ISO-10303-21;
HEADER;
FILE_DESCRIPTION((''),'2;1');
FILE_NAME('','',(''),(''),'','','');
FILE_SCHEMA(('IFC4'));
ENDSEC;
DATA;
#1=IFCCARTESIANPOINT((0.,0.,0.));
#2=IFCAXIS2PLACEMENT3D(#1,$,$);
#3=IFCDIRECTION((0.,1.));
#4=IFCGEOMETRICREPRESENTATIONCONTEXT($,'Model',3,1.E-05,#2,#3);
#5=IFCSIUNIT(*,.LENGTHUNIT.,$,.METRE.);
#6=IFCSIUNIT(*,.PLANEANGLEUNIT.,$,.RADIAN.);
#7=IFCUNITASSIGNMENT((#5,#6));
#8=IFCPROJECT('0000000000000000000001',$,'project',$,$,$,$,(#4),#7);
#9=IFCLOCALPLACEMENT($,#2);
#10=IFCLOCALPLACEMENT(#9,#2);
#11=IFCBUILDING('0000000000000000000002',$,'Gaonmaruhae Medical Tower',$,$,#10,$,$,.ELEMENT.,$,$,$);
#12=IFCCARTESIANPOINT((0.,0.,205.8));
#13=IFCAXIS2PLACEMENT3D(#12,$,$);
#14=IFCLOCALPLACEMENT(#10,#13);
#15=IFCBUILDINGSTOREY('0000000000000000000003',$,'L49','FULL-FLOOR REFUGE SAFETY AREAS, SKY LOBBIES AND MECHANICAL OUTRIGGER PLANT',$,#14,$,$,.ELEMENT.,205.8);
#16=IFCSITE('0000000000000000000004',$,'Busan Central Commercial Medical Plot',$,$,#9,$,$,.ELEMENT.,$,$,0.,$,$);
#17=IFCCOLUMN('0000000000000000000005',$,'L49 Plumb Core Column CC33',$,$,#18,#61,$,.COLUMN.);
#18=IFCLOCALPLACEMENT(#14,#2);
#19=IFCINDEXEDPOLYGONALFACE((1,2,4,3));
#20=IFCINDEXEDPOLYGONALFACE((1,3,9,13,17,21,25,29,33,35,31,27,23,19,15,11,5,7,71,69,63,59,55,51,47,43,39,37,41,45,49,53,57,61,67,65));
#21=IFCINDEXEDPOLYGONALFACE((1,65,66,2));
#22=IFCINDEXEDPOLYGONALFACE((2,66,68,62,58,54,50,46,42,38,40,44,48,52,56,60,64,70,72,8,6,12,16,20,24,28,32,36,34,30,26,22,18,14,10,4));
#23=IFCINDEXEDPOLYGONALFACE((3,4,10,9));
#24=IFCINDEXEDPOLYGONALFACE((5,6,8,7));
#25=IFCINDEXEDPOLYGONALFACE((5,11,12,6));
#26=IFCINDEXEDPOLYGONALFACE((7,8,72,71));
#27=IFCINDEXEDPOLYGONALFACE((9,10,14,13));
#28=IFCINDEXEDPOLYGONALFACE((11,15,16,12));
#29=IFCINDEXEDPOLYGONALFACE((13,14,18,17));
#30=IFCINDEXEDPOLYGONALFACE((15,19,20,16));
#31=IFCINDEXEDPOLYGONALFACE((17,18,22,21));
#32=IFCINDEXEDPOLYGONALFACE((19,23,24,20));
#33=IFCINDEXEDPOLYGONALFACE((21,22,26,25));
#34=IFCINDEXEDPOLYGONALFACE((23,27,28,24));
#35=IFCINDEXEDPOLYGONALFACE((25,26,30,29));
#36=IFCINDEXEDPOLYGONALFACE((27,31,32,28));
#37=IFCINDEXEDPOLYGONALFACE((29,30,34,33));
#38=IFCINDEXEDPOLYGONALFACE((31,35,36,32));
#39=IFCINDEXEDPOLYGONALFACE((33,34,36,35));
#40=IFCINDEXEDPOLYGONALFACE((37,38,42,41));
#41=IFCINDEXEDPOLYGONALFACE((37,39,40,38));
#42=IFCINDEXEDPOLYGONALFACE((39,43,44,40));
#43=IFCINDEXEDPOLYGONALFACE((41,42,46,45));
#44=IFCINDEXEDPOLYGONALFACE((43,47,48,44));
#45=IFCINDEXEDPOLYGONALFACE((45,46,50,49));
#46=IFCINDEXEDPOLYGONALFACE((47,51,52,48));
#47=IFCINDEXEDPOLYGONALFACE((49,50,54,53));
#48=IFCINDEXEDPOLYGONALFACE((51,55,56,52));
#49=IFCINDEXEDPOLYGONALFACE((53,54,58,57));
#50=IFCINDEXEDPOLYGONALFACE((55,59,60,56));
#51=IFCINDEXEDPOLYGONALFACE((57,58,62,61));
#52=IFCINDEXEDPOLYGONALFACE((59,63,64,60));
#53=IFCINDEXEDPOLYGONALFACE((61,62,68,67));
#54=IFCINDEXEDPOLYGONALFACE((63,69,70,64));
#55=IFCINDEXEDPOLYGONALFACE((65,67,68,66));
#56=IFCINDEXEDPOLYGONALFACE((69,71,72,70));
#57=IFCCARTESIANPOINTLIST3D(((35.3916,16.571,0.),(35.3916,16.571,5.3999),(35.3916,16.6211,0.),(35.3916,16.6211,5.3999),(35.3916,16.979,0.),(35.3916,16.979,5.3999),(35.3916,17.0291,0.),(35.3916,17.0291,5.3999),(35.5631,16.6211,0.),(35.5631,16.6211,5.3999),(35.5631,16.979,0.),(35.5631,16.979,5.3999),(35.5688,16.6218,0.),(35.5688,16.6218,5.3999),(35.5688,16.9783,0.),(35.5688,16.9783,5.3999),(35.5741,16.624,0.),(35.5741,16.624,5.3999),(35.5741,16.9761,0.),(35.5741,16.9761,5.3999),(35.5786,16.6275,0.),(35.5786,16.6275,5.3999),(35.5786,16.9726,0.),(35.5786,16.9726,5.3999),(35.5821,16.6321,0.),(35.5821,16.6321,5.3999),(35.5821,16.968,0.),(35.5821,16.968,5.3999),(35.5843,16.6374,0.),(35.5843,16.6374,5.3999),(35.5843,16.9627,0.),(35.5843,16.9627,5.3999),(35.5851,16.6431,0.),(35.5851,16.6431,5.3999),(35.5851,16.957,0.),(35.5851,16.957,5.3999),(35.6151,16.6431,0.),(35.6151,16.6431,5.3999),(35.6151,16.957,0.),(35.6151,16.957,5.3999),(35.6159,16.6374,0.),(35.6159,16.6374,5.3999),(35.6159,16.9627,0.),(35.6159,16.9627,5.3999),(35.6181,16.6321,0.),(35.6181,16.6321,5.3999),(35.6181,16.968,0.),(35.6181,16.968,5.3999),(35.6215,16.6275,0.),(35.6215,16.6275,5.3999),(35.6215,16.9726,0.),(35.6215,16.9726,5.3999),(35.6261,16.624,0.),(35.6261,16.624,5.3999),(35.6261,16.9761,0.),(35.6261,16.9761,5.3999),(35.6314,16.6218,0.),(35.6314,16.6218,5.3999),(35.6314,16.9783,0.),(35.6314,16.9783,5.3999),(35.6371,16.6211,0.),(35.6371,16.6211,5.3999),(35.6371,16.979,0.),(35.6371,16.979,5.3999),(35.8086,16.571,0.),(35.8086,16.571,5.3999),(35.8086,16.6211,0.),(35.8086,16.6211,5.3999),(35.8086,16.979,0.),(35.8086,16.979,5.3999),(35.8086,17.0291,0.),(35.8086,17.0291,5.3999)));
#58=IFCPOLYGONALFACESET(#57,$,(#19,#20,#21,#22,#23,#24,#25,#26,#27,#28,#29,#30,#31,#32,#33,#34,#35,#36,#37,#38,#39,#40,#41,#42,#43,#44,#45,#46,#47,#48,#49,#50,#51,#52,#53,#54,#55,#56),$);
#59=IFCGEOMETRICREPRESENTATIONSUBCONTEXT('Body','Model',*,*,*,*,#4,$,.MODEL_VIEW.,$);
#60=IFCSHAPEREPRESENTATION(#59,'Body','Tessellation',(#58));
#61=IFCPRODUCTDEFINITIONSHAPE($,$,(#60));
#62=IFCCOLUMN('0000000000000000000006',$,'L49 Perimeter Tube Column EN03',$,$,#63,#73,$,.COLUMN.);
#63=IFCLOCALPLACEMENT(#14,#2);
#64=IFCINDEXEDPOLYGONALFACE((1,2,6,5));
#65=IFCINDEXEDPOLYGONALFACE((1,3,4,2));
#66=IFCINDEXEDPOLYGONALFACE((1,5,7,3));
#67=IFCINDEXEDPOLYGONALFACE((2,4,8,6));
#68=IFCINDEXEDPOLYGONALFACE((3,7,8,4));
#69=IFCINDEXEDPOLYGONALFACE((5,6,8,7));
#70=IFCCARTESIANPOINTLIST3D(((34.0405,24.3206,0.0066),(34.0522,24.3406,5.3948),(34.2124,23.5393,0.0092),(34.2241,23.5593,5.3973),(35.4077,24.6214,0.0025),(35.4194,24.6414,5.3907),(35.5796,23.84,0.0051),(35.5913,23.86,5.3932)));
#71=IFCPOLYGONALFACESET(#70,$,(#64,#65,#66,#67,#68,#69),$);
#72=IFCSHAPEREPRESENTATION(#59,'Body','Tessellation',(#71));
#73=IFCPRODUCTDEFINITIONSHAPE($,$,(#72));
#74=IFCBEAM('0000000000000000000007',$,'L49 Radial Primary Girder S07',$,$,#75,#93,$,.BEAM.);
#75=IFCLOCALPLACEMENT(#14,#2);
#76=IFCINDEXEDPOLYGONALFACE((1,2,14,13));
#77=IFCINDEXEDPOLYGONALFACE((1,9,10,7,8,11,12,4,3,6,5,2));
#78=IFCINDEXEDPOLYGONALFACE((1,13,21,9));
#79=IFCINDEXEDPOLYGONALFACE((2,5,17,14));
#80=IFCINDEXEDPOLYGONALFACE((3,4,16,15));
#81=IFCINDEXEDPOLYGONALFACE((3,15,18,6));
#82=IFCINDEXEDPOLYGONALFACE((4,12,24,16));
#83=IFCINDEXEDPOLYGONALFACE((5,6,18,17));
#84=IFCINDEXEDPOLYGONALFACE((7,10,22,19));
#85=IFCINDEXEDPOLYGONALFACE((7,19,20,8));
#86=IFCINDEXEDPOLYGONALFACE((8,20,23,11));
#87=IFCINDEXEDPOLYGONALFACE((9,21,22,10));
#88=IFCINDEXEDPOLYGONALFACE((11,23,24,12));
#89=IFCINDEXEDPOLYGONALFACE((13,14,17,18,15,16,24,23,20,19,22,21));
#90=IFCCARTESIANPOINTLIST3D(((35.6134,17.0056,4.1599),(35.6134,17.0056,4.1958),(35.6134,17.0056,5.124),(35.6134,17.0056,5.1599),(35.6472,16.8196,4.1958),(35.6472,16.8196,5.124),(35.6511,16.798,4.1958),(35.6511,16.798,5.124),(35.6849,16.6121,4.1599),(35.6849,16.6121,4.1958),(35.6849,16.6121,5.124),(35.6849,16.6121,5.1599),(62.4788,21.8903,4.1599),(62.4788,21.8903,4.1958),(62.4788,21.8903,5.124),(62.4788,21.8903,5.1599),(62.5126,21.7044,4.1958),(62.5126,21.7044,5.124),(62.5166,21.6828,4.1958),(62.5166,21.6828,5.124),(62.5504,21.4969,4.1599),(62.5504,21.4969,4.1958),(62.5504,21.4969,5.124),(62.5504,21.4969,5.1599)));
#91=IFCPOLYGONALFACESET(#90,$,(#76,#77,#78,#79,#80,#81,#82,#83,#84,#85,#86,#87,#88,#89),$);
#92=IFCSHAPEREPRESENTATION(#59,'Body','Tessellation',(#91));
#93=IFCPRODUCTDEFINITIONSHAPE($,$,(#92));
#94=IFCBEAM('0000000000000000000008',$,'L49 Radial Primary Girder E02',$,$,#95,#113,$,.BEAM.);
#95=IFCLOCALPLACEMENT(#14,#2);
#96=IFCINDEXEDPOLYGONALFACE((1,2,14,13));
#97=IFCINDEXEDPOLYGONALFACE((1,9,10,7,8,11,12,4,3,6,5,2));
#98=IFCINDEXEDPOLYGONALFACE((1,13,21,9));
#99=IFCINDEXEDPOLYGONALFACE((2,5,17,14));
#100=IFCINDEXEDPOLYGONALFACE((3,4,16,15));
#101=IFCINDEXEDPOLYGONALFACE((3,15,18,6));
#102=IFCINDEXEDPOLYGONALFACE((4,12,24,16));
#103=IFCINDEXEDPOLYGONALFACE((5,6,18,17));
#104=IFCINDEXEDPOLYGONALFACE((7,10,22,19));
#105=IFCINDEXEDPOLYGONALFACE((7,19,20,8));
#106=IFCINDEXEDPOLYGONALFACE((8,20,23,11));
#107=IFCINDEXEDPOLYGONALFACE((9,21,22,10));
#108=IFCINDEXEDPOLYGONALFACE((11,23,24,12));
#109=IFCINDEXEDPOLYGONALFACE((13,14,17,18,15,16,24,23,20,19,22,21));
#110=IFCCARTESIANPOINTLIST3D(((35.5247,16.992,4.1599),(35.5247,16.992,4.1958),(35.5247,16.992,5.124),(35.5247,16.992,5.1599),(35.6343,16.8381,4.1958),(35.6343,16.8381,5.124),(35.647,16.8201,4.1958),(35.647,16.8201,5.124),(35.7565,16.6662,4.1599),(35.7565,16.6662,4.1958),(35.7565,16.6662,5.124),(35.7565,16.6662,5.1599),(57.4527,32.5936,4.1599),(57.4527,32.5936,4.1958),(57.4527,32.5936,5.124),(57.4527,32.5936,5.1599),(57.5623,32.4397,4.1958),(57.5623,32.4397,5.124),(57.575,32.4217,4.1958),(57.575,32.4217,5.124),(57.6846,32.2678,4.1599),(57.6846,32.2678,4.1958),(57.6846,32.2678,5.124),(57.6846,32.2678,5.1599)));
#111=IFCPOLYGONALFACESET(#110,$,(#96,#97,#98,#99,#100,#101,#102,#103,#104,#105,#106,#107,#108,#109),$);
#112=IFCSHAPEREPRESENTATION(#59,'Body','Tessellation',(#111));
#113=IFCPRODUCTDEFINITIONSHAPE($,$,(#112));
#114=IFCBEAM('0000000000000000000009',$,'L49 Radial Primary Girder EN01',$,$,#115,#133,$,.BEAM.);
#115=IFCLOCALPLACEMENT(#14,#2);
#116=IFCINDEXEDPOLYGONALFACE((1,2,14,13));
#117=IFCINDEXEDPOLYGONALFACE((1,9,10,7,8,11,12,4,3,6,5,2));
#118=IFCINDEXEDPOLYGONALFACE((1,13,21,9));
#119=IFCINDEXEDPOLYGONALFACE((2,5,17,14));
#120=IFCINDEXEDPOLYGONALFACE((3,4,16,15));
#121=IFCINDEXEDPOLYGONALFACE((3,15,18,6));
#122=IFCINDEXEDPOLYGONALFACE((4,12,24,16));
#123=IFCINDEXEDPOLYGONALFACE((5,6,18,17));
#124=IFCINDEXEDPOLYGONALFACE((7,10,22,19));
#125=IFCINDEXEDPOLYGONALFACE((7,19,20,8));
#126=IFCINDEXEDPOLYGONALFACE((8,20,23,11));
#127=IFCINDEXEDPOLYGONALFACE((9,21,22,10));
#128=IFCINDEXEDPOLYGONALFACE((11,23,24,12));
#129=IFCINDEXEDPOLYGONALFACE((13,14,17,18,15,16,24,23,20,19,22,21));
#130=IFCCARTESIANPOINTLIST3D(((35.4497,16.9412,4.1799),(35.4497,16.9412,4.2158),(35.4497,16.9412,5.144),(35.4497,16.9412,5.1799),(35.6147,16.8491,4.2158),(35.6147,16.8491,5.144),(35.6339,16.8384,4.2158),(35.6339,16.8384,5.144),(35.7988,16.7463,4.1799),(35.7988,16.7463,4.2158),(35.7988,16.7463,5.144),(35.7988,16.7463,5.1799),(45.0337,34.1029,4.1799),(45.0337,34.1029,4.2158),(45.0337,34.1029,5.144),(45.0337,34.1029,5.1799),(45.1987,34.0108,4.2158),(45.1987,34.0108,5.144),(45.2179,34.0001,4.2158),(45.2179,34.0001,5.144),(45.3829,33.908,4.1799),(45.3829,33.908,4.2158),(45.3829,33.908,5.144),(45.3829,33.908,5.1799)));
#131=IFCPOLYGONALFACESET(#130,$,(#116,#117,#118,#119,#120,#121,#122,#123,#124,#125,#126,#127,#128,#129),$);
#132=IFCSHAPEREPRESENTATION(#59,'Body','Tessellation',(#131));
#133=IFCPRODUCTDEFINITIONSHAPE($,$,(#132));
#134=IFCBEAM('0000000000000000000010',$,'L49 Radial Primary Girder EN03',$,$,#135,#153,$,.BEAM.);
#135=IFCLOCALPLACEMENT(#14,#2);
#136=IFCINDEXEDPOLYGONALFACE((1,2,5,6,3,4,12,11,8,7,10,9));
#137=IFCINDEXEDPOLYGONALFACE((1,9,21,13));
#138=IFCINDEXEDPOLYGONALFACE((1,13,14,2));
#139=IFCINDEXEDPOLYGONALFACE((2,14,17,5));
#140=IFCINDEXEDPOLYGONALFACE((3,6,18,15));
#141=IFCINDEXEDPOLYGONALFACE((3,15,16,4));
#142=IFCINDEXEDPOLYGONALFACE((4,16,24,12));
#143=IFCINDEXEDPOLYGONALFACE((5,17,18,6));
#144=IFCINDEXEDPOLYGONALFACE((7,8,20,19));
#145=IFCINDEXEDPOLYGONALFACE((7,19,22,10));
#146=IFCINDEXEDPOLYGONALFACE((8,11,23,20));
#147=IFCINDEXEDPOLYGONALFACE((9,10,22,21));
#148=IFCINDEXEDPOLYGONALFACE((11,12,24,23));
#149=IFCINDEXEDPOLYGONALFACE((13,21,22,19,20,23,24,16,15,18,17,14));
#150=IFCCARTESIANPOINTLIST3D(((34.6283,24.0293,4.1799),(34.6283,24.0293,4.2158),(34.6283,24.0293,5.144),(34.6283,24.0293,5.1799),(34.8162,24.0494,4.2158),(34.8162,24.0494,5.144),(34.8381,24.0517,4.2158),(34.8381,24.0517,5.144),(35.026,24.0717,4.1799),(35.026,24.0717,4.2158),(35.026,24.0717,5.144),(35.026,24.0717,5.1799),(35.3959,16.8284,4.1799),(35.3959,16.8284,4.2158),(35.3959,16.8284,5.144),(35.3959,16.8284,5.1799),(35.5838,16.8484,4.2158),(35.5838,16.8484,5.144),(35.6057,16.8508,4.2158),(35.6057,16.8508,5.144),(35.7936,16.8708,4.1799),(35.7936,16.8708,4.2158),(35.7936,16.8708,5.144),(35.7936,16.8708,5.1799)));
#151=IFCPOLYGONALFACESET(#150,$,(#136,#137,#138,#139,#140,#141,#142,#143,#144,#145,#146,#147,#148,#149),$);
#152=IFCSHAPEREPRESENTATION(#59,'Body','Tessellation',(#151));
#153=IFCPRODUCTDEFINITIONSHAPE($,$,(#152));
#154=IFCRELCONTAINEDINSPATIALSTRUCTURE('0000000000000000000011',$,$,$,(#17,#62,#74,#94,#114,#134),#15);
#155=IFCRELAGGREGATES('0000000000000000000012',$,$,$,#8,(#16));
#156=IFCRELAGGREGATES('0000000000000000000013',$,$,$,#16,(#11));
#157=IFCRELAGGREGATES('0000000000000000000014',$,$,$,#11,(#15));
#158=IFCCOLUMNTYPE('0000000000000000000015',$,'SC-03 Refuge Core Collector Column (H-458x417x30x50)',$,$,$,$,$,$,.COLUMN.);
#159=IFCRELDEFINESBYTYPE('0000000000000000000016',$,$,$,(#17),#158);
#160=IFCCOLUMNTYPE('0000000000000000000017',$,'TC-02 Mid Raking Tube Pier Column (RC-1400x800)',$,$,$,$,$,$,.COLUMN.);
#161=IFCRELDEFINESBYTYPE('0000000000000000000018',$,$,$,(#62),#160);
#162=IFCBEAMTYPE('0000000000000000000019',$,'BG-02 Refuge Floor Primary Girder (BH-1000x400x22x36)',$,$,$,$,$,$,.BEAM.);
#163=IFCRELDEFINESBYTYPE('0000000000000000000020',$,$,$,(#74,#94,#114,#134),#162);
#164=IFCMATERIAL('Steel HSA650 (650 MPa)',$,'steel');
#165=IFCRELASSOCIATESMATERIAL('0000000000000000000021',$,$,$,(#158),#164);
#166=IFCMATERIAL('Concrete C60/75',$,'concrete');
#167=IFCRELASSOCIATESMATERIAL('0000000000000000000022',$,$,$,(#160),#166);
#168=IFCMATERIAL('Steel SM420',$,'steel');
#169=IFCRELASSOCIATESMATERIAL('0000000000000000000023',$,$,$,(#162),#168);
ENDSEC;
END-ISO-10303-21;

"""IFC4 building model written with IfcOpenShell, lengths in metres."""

from ifc_helpers import new_model, si_unit, direction, frame, origin, origin_2d, place, context, subcontext, project, spatial, rectangle, i_section, extrude, material, material_profile, profile_set, type_object, element, save


model = new_model("IFC4")

# Units and contexts
model_context = context("Model", 3, precision=1e-05, world=origin(), true_north=direction((0.0, 1.0)))
body_context = subcontext(model_context, "Body", "Model", "MODEL_VIEW")
ifc_project = project(units=[si_unit("LENGTHUNIT", "METRE"), si_unit("PLANEANGLEUNIT", "RADIAN")], contexts=[model_context])

# Site, building, storey
site_placement = place(None, origin())
site = spatial("IfcSite", under=ifc_project, at=site_placement, Name="Busan Central Commercial Medical Plot", CompositionType="ELEMENT", RefElevation=0.0)
building_placement = place(site_placement, origin())
building = spatial("IfcBuilding", under=site, at=building_placement, Name="Gaonmaruhae Medical Tower", CompositionType="ELEMENT")
storey_placement = place(building_placement, frame((0.0, 0.0, 205.8)))
storey = spatial("IfcBuildingStorey", under=building, at=storey_placement, Name="L49", Description="FULL-FLOOR REFUGE SAFETY AREAS, SKY LOBBIES AND MECHANICAL OUTRIGGER PLANT", CompositionType="ELEMENT", Elevation=205.8)

# Columns
ifc_material_1 = material(Name="Steel HSA650 (650 MPa)", Category="steel")
ifc_material_profile_1 = material_profile(ifc_material_1, i_section(OverallWidth=0.417, OverallDepth=0.458, WebThickness=0.03, FlangeThickness=0.05, FilletRadius=0.022, at=origin_2d()), Name="H-458x417x30x50")
ifc_profile_set_1 = profile_set([ifc_material_profile_1], Name="Steel HSA650 (650 MPa)")
column_type_1 = type_object("IfcColumnType", Name="SC-03 Refuge Core Collector Column (H-458x417x30x50)", PredefinedType="COLUMN", material=ifc_profile_set_1)
column_1_placement = place(storey_placement, frame((35.6001, 16.8, 0.0), z_axis=(0.0, 0.0, 1.0), x_axis=(1.0, 0.0, 0.0)))
element("IfcColumn", 1, at=column_1_placement, inside=storey, type_object=column_type_1, Name="L49 Plumb Core Column CC33", PredefinedType="COLUMN", context=body_context, shape_type="SweptSolid", body=[
    extrude(i_section(OverallWidth=0.417, OverallDepth=0.458, WebThickness=0.03, FlangeThickness=0.05, FilletRadius=0.022, at=origin_2d()), origin(), (0.0, 0.0, 1.0), 5.3999),
])
ifc_material_2 = material(Name="Concrete C60/75", Category="concrete")
ifc_material_profile_2 = material_profile(ifc_material_2, rectangle(XDim=1.3999, YDim=0.8, at=origin_2d()), Name="RC-1400x800")
ifc_profile_set_2 = profile_set([ifc_material_profile_2], Name="Concrete C60/75")
column_type_2 = type_object("IfcColumnType", Name="TC-02 Mid Raking Tube Pier Column (RC-1400x800)", PredefinedType="COLUMN", material=ifc_profile_set_2)
column_2_placement = place(storey_placement, frame((34.8101, 24.0803, 0.0059), z_axis=(0.002175, 0.003715, 0.999991), x_axis=(-0.976644, -0.214845, 0.002922)))
element("IfcColumn", 2, at=column_2_placement, inside=storey, type_object=column_type_2, Name="L49 Perimeter Tube Column EN03", PredefinedType="COLUMN", context=body_context, shape_type="SweptSolid", body=[
    extrude(rectangle(XDim=1.3999, YDim=0.8, at=origin_2d()), origin(), (0.0, 0.0, 1.0), 5.3882),
])

# Beams
ifc_material_3 = material(Name="Steel SM420", Category="steel")
ifc_material_profile_3 = material_profile(ifc_material_3, i_section(OverallWidth=0.3999, OverallDepth=1.0, WebThickness=0.022, FlangeThickness=0.0359, at=origin_2d()), Name="BH-1000x400x22x36")
ifc_profile_set_3 = profile_set([ifc_material_profile_3], Name="Steel SM420")
beam_type_1 = type_object("IfcBeamType", Name="BG-02 Refuge Floor Primary Girder (BH-1000x400x22x36)", PredefinedType="BEAM", material=ifc_profile_set_3)
beam_1_placement = place(storey_placement, frame((35.6492, 16.8088, 4.6599), z_axis=(0.983869, 0.17889, 0.0), x_axis=(-0.17889, 0.983869, 0.0)))
element("IfcBeam", 3, at=beam_1_placement, inside=storey, type_object=beam_type_1, Name="L49 Radial Primary Girder S07", PredefinedType="BEAM", context=body_context, shape_type="SweptSolid", body=[
    extrude(i_section(OverallWidth=0.3999, OverallDepth=1.0, WebThickness=0.022, FlangeThickness=0.0359, at=origin_2d()), origin(), (0.0, 0.0, 1.0), 27.3059),
])
beam_2_placement = place(storey_placement, frame((35.6406, 16.8291, 4.6599), z_axis=(0.814809, 0.579729, 0.0), x_axis=(-0.579729, 0.814809, 0.0)))
element("IfcBeam", 4, at=beam_2_placement, inside=storey, type_object=beam_type_1, Name="L49 Radial Primary Girder E02", PredefinedType="BEAM", context=body_context, shape_type="SweptSolid", body=[
    extrude(i_section(OverallWidth=0.3999, OverallDepth=1.0, WebThickness=0.022, FlangeThickness=0.0359, at=origin_2d()), origin(), (0.0, 0.0, 1.0), 26.9119),
])
beam_3_placement = place(storey_placement, frame((35.6243, 16.8438, 4.6799), z_axis=(0.487576, 0.873081, 0.0), x_axis=(-0.873081, 0.487576, 0.0)))
element("IfcBeam", 5, at=beam_3_placement, inside=storey, type_object=beam_type_1, Name="L49 Radial Primary Girder EN01", PredefinedType="BEAM", context=body_context, shape_type="SweptSolid", body=[
    extrude(i_section(OverallWidth=0.3999, OverallDepth=1.0, WebThickness=0.022, FlangeThickness=0.0359, at=origin_2d()), origin(), (0.0, 0.0, 1.0), 19.6565),
])
beam_4_placement = place(storey_placement, frame((35.5947, 16.8496, 4.6799), z_axis=(-0.105994, 0.994367, 0.0), x_axis=(-0.994367, -0.105994, 0.0)))
element("IfcBeam", 6, at=beam_4_placement, inside=storey, type_object=beam_type_1, Name="L49 Radial Primary Girder EN03", PredefinedType="BEAM", context=body_context, shape_type="SweptSolid", body=[
    extrude(i_section(OverallWidth=0.3999, OverallDepth=1.0, WebThickness=0.022, FlangeThickness=0.0359, at=origin_2d()), origin(), (0.0, 0.0, 1.0), 7.2417),
])

save(model, "model.ifc")
